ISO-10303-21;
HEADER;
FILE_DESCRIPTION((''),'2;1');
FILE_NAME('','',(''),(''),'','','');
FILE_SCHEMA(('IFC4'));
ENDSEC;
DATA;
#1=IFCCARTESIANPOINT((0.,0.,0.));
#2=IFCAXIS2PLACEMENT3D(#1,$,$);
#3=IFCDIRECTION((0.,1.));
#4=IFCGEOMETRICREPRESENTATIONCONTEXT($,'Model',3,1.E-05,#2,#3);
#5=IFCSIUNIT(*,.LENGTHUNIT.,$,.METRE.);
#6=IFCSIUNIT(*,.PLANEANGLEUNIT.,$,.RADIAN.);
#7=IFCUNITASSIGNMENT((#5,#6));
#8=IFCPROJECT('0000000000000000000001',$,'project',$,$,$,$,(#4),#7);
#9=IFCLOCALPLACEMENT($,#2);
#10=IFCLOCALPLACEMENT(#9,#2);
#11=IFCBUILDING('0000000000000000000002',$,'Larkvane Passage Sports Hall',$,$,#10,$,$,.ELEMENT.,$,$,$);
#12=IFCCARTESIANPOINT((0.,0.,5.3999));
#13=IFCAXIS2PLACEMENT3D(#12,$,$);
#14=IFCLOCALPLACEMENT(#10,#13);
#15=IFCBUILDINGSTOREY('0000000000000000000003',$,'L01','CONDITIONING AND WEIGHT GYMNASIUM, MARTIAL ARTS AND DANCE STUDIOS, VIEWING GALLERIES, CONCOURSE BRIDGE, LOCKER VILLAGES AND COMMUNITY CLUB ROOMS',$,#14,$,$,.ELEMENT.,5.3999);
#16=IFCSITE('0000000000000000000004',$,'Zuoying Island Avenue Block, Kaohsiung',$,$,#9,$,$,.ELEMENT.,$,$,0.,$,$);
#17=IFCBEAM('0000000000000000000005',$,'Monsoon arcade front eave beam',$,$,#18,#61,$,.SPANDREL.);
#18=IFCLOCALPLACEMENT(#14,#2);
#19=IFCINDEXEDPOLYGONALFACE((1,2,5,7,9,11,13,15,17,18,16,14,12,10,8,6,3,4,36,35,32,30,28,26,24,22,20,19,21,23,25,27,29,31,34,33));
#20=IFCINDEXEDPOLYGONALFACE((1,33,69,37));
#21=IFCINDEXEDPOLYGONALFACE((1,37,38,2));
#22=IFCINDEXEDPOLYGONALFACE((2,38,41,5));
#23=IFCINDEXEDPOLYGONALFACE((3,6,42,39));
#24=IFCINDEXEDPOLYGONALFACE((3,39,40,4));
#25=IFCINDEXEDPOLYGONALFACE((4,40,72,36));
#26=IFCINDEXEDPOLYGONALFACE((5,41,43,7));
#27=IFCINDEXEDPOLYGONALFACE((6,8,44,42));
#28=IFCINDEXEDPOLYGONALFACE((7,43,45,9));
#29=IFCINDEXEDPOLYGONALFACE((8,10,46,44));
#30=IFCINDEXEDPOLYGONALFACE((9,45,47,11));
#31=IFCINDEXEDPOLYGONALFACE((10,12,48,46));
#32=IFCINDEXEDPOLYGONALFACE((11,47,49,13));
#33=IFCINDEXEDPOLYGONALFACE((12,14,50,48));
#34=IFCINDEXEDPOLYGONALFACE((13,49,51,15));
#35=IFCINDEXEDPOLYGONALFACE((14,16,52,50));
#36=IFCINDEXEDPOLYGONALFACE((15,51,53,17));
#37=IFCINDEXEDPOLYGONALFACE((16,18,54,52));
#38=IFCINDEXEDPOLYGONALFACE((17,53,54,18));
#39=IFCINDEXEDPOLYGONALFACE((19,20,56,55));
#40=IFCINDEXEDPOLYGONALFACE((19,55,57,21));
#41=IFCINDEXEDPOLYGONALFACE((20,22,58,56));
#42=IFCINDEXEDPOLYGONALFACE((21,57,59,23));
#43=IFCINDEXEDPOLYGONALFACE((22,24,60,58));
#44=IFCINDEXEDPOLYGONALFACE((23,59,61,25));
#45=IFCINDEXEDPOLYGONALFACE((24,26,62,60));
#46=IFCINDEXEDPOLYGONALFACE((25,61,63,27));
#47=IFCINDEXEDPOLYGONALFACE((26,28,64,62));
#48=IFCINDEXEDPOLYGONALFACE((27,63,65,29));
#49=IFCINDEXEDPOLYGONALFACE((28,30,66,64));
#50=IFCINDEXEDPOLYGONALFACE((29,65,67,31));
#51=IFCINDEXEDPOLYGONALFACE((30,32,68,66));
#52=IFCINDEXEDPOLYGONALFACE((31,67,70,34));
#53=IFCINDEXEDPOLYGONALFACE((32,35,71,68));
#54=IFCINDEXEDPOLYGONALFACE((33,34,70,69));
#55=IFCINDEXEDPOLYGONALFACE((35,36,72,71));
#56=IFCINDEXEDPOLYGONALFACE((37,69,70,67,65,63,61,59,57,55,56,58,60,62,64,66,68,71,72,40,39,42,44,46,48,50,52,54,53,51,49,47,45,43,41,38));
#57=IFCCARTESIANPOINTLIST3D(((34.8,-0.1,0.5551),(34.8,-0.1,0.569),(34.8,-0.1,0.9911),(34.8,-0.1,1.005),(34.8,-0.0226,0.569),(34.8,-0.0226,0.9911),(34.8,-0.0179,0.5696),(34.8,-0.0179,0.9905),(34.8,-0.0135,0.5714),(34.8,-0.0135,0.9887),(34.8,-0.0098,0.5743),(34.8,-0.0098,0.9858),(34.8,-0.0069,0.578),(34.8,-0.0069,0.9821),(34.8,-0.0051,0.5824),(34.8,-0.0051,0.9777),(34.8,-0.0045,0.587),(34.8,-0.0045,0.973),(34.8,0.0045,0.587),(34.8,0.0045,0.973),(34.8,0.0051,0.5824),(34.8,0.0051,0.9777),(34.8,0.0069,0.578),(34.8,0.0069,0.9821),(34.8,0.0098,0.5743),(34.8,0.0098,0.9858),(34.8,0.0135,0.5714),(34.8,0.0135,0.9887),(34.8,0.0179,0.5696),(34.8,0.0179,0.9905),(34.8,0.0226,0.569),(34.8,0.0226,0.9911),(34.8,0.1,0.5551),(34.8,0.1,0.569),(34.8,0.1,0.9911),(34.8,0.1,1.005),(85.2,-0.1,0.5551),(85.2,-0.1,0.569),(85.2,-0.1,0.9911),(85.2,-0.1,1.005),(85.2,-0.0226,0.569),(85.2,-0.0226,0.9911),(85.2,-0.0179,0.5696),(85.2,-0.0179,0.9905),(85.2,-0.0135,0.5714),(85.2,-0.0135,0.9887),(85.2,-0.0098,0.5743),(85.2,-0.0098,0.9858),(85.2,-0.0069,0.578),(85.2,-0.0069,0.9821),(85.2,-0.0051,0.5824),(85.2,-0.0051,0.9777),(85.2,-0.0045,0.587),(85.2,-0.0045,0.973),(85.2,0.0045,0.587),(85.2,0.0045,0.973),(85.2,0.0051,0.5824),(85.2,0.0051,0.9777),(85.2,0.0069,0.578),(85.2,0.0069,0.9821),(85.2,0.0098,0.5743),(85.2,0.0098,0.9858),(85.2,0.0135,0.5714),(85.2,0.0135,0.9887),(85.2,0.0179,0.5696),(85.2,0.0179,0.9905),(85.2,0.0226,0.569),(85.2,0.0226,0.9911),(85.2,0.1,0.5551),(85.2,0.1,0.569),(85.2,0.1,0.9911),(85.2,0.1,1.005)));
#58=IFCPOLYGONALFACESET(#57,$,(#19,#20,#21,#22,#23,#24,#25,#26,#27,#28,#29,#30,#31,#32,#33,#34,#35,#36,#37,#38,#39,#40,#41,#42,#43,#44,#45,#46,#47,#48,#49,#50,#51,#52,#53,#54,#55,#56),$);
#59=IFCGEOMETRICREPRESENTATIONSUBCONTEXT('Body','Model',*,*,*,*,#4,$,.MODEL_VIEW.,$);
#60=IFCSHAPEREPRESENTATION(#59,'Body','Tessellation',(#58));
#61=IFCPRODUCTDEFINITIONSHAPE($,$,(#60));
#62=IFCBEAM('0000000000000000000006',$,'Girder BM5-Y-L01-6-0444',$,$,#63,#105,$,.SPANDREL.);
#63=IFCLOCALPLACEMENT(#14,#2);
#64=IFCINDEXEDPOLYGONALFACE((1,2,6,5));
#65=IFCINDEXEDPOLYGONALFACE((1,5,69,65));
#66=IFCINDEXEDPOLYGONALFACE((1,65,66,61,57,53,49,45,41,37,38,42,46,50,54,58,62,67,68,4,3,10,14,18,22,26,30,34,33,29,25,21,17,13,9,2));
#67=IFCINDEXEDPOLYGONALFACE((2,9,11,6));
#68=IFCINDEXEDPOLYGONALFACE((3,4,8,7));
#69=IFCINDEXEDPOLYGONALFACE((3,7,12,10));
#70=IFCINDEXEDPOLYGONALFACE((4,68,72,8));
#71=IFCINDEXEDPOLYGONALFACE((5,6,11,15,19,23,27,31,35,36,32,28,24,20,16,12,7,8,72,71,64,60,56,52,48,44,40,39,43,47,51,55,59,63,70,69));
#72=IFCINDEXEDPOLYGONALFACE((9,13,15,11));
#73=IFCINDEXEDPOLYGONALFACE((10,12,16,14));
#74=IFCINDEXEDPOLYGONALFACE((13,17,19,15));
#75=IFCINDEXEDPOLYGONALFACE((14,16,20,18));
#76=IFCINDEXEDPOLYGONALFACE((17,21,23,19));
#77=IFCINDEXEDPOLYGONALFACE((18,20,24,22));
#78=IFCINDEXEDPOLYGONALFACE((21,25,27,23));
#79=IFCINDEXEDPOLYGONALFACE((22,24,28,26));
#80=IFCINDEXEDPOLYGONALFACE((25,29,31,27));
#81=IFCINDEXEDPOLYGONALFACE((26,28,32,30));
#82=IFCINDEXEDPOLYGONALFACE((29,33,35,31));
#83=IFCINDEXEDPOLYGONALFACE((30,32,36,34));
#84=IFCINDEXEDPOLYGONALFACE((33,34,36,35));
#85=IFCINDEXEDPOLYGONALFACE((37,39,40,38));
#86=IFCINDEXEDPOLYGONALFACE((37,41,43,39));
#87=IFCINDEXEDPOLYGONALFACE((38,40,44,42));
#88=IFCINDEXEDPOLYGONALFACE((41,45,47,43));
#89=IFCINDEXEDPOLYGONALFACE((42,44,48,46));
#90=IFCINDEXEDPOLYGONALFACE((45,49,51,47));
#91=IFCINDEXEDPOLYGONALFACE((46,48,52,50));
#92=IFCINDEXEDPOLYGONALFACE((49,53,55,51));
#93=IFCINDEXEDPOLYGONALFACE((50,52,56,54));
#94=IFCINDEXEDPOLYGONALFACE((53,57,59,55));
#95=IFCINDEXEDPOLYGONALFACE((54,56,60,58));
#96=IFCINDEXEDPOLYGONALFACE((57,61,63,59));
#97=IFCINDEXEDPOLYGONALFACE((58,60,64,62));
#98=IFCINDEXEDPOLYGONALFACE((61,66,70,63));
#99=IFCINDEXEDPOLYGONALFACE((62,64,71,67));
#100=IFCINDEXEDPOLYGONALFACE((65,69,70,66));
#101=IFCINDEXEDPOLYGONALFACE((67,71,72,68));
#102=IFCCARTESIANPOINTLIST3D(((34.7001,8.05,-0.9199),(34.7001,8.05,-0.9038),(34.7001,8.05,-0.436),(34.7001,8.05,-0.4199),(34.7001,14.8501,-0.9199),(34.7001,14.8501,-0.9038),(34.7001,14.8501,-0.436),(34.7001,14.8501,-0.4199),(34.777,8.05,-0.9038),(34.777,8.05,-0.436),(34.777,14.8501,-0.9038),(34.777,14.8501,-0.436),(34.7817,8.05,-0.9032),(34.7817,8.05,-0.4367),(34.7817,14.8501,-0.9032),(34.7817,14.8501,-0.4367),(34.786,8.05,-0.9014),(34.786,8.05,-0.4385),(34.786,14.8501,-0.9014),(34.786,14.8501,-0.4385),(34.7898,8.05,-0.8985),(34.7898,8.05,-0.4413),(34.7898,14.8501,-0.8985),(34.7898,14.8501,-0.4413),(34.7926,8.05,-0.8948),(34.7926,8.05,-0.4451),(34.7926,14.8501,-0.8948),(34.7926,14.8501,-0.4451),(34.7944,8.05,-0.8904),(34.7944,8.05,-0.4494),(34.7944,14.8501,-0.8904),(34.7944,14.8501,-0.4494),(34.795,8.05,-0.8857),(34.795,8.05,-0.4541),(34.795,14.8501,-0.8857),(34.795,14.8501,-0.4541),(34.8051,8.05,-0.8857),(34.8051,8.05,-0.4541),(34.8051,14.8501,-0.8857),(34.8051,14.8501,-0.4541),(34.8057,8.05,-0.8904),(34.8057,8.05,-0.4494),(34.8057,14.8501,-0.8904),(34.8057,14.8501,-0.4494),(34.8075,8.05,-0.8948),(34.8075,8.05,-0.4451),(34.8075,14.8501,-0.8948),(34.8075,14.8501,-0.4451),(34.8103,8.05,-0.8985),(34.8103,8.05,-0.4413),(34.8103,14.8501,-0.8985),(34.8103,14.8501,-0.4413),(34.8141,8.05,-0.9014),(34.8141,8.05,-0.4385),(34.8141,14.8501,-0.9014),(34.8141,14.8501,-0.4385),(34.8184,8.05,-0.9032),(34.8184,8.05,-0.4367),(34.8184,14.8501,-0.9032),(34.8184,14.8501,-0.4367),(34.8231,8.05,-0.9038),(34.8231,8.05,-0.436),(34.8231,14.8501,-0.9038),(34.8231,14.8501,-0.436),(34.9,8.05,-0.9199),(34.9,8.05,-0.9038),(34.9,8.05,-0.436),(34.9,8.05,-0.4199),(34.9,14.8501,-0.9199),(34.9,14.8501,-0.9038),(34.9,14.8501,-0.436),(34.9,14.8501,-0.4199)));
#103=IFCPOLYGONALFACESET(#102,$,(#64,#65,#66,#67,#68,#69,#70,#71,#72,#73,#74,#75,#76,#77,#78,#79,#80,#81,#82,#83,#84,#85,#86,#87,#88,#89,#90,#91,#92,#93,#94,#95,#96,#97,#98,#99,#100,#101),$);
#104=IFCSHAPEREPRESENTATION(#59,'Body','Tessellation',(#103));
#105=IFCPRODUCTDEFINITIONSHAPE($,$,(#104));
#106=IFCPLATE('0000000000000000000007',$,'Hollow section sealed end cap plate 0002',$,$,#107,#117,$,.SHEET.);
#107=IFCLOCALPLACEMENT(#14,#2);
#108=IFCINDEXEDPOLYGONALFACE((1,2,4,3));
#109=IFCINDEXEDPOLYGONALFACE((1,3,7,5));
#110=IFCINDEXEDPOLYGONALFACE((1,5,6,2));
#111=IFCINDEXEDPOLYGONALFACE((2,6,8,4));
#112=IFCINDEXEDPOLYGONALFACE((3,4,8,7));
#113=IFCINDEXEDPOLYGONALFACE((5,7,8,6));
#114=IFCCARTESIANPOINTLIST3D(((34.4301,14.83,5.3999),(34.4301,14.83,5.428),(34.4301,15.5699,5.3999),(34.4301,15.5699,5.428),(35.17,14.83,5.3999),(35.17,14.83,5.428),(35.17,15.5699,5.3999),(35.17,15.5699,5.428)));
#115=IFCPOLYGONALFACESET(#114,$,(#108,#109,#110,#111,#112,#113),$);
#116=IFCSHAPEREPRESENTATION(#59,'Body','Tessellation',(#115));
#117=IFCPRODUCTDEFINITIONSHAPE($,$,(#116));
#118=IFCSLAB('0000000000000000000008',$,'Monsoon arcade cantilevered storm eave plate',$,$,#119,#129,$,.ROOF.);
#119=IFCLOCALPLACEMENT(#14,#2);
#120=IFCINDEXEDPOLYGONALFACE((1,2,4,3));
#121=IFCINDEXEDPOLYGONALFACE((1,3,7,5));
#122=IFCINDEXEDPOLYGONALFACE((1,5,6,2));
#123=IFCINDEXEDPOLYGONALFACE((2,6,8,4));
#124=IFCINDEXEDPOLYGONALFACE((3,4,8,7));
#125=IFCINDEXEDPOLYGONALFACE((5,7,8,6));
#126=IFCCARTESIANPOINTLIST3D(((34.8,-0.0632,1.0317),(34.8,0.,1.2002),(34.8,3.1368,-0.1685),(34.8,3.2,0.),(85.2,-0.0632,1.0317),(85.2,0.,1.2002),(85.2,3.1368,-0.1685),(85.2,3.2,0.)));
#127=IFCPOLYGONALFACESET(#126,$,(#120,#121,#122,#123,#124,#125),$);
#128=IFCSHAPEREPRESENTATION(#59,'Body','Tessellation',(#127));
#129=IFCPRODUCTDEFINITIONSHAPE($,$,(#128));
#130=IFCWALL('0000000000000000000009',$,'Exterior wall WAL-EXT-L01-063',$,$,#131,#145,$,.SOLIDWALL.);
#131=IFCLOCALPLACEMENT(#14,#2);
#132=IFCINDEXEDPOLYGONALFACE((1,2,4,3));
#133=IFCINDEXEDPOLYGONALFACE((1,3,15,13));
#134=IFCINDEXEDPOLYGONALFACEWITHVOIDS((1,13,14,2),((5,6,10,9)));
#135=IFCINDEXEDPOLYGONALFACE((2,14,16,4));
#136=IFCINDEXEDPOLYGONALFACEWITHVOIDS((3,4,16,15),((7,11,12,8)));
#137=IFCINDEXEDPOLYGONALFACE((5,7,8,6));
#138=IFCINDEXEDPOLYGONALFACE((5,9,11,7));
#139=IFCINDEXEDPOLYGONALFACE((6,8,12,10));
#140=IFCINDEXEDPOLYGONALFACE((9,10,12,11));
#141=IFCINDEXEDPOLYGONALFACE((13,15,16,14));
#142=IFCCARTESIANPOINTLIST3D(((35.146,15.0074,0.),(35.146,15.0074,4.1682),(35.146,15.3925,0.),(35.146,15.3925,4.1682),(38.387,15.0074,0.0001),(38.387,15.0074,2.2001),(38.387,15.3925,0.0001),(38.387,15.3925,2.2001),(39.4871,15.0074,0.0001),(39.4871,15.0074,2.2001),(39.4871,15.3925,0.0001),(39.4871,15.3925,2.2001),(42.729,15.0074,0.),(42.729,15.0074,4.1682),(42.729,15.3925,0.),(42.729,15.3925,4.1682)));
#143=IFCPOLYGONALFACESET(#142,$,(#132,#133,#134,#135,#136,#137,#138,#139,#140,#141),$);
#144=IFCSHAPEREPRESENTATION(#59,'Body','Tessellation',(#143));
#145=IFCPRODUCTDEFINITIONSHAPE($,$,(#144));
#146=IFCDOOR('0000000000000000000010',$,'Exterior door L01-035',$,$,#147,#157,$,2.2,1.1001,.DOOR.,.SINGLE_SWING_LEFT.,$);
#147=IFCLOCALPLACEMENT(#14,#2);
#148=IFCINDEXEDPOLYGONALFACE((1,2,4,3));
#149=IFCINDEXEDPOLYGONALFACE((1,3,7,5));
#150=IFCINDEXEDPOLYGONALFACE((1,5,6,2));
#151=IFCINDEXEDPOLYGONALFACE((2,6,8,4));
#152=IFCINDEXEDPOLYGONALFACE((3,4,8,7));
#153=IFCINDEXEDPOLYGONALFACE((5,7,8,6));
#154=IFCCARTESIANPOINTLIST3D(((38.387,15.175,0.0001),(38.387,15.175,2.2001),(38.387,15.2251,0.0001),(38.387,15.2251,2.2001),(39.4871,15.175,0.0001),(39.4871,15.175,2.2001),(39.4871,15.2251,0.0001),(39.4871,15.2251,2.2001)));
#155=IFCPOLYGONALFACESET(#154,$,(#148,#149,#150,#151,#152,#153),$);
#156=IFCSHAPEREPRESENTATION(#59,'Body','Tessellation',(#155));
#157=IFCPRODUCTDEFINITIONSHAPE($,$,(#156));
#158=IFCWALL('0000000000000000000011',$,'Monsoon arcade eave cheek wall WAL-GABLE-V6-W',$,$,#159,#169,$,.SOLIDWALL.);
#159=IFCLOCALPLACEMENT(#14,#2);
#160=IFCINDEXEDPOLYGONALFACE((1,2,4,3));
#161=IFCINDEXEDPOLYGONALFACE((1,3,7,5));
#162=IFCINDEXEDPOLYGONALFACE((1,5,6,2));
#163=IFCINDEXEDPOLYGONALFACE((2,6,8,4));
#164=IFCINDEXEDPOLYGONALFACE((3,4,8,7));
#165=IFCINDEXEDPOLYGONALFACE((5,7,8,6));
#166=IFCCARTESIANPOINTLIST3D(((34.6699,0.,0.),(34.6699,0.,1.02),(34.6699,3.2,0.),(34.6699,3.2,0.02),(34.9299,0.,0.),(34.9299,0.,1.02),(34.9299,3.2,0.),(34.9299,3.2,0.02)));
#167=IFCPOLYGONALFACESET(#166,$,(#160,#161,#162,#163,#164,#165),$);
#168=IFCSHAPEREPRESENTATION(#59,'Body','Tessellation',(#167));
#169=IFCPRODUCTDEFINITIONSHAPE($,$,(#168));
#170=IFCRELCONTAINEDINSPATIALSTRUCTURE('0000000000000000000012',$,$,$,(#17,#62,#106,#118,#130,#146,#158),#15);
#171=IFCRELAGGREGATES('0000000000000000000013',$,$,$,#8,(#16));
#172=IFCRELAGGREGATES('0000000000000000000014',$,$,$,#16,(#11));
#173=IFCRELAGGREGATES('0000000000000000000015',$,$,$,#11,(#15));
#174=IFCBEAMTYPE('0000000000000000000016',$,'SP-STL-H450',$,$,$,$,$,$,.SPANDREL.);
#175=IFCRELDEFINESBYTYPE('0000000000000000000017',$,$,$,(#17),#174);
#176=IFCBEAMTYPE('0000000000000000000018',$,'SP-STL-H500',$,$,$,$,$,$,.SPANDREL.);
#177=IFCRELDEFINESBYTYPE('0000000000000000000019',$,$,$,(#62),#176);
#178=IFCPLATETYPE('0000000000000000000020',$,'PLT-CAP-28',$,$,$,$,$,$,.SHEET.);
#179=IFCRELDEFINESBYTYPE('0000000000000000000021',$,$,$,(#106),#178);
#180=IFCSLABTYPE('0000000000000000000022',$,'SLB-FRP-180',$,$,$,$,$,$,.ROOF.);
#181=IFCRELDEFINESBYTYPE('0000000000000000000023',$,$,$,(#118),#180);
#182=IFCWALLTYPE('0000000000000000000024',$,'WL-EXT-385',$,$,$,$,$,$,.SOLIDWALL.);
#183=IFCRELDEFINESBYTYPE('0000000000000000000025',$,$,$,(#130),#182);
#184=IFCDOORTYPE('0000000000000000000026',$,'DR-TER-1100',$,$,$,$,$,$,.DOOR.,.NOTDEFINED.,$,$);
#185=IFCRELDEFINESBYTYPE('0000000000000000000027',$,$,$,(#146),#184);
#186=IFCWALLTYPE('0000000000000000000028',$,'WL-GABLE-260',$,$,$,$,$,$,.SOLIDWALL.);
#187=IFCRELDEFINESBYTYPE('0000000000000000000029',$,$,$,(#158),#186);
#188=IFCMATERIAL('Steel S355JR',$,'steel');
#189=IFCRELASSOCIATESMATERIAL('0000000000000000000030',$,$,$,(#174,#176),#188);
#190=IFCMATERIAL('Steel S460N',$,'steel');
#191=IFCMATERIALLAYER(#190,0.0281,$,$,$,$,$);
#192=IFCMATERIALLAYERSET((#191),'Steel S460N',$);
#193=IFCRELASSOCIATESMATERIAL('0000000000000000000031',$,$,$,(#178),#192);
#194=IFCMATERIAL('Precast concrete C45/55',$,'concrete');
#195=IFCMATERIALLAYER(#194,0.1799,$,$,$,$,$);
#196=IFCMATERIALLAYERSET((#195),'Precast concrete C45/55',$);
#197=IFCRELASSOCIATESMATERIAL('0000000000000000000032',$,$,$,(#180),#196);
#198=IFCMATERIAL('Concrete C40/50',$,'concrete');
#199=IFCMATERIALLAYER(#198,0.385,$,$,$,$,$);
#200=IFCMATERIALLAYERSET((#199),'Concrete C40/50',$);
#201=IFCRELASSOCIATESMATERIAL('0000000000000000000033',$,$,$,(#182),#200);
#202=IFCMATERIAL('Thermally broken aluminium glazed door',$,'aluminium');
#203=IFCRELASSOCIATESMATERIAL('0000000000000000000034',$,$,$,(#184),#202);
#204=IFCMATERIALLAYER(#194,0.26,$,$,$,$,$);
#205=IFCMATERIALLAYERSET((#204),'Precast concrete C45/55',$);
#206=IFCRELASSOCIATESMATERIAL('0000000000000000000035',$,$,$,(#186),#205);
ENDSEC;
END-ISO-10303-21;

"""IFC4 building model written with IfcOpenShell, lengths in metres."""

from ifc_helpers import new_model, si_unit, direction, frame, frame_2d, origin, origin_2d, place, context, subcontext, project, spatial, polyline, rectangle, i_section, outline, extrude, material, layer, layer_set, material_profile, profile_set, type_object, element, fill, save


model = new_model("IFC4")

# Units and contexts
model_context = context("Model", 3, precision=1e-05, world=origin(), true_north=direction((0.0, 1.0)))
body_context = subcontext(model_context, "Body", "Model", "MODEL_VIEW")
ifc_project = project(units=[si_unit("LENGTHUNIT", "METRE"), si_unit("PLANEANGLEUNIT", "RADIAN")], contexts=[model_context])

# Site, building, storey
site_placement = place(None, origin())
site = spatial("IfcSite", under=ifc_project, at=site_placement, Name="Zuoying Island Avenue Block, Kaohsiung", CompositionType="ELEMENT", RefElevation=0.0)
building_placement = place(site_placement, origin())
building = spatial("IfcBuilding", under=site, at=building_placement, Name="Larkvane Passage Sports Hall", CompositionType="ELEMENT")
storey_placement = place(building_placement, frame((0.0, 0.0, 5.3999)))
storey = spatial("IfcBuildingStorey", under=building, at=storey_placement, Name="L01", Description="CONDITIONING AND WEIGHT GYMNASIUM, MARTIAL ARTS AND DANCE STUDIOS, VIEWING GALLERIES, CONCOURSE BRIDGE, LOCKER VILLAGES AND COMMUNITY CLUB ROOMS", CompositionType="ELEMENT", Elevation=5.3999)

# Shared definitions
ifc_material_1 = material(Name="Steel S460N", Category="steel")
ifc_material_2 = material(Name="Concrete C40/50", Category="concrete")

# Beams
ifc_material_3 = material(Name="Steel S355JR", Category="steel")
ifc_material_profile_1 = material_profile(ifc_material_3, i_section(OverallWidth=0.2, OverallDepth=0.45, WebThickness=0.009, FlangeThickness=0.0139, FilletRadius=0.0181, at=origin_2d()), Name="H-450x200x9x14")
ifc_profile_set_1 = profile_set([ifc_material_profile_1], Name="Steel S355JR")
beam_type_1 = type_object("IfcBeamType", Name="SP-STL-H450", PredefinedType="SPANDREL", material=ifc_profile_set_1)
beam_1_placement = place(storey_placement, frame((34.8, 0.0, 0.78), z_axis=(1.0, 0.0, 0.0), x_axis=(0.0, 1.0, 0.0)))
element("IfcBeam", 1, at=beam_1_placement, inside=storey, type_object=beam_type_1, Name="Monsoon arcade front eave beam", PredefinedType="SPANDREL", context=body_context, shape_type="SweptSolid", body=[
    extrude(i_section(OverallWidth=0.2, OverallDepth=0.45, WebThickness=0.009, FlangeThickness=0.0139, FilletRadius=0.0181, at=origin_2d()), origin(), (0.0, 0.0, 1.0), 50.3999),
])
ifc_material_profile_2 = material_profile(ifc_material_3, i_section(OverallWidth=0.2, OverallDepth=0.5, WebThickness=0.01, FlangeThickness=0.0161, FilletRadius=0.0181, at=origin_2d()), Name="H-500x200x10x16")
ifc_profile_set_2 = profile_set([ifc_material_profile_2], Name="Steel S355JR")
beam_type_2 = type_object("IfcBeamType", Name="SP-STL-H500", PredefinedType="SPANDREL", material=ifc_profile_set_2)
beam_2_placement = place(storey_placement, frame((34.8, 8.05, -0.6699), z_axis=(0.0, 1.0, 0.0), x_axis=(-1.0, 0.0, 0.0)))
element("IfcBeam", 2, at=beam_2_placement, inside=storey, type_object=beam_type_2, Name="Girder BM5-Y-L01-6-0444", PredefinedType="SPANDREL", context=body_context, shape_type="SweptSolid", body=[
    extrude(i_section(OverallWidth=0.2, OverallDepth=0.5, WebThickness=0.01, FlangeThickness=0.0161, FilletRadius=0.0181, at=origin_2d()), origin(), (0.0, 0.0, 1.0), 6.8),
])

# Plate
ifc_layer_1 = layer(ifc_material_1, 0.0281)
ifc_layer_set_1 = layer_set([ifc_layer_1], Name="Steel S460N")
plate_type = type_object("IfcPlateType", Name="PLT-CAP-28", PredefinedType="SHEET", material=ifc_layer_set_1)
plate_placement = place(storey_placement, frame((34.8, 15.2, 5.3999), z_axis=(0.0, 0.0, 1.0), x_axis=(1.0, 0.0, 0.0)))
element("IfcPlate", 3, at=plate_placement, inside=storey, type_object=plate_type, Name="Hollow section sealed end cap plate 0002", PredefinedType="SHEET", context=body_context, shape_type="SweptSolid", body=[
    extrude(rectangle(XDim=0.74, YDim=0.74, at=origin_2d()), origin(), (0.0, 0.0, 1.0), 0.0281),
])

# Slab
ifc_material_4 = material(Name="Precast concrete C45/55", Category="concrete")
ifc_layer_2 = layer(ifc_material_4, 0.1799)
ifc_layer_set_2 = layer_set([ifc_layer_2], Name="Precast concrete C45/55")
slab_type = type_object("IfcSlabType", Name="SLB-FRP-180", PredefinedType="ROOF", material=ifc_layer_set_2)
slab_placement = place(storey_placement, frame((34.8, 0.0, 1.2002), z_axis=(0.0, 0.351178, 0.936309), x_axis=(1.0, 0.0, 0.0)))
element("IfcSlab", 4, at=slab_placement, inside=storey, type_object=slab_type, Name="Monsoon arcade cantilevered storm eave plate", PredefinedType="ROOF", context=body_context, shape_type="SweptSolid", body=[
    extrude(outline(polyline([(0.0, 0.0), (50.3999, 0.0), (50.3999, 3.4176), (0.0, 3.4176), (0.0, 0.0)])), origin(), (0.0, 0.0, -1.0), 0.1799),
])

# Wall, opening, door
ifc_layer_3 = layer(ifc_material_2, 0.385)
ifc_layer_set_3 = layer_set([ifc_layer_3], Name="Concrete C40/50")
wall_type_1 = type_object("IfcWallType", Name="WL-EXT-385", PredefinedType="SOLIDWALL", material=ifc_layer_set_3)
wall_1_placement = place(storey_placement, frame((42.729, 15.2, 0.0), z_axis=(0.0, 0.0, 1.0), x_axis=(-1.0, 0.0, 0.0)))
wall_1 = element("IfcWall", 5, at=wall_1_placement, inside=storey, type_object=wall_type_1, Name="Exterior wall WAL-EXT-L01-063", PredefinedType="SOLIDWALL", context=body_context, shape_type="SweptSolid", body=[
    extrude(rectangle(XDim=7.583, YDim=0.385, at=frame_2d((3.7915, 0.0))), origin(), (0.0, 0.0, 1.0), 4.1682),
])
opening_placement = place(wall_1_placement, frame((3.2419, 0.0, 0.0)))
opening = element("IfcOpeningElement", 6, at=opening_placement, cuts=wall_1, PredefinedType="OPENING", context=body_context, shape_type="SweptSolid", body=[
    extrude(rectangle(XDim=1.1001, YDim=2.2, at=frame_2d((0.55, 1.1001))), frame((0.0, 0.2024, 0.0), z_axis=(0.0, -1.0, 0.0), x_axis=(1.0, 0.0, 0.0)), (0.0, 0.0, 1.0), 0.405),
])
ifc_material_5 = material(Name="Thermally broken aluminium glazed door", Category="aluminium")
door_type = type_object("IfcDoorType", Name="DR-TER-1100", OperationType="NOTDEFINED", PredefinedType="DOOR", material=ifc_material_5)
door_placement = place(opening_placement, origin())
door = element("IfcDoor", 7, at=door_placement, inside=storey, type_object=door_type, Name="Exterior door L01-035", OperationType="SINGLE_SWING_LEFT", OverallHeight=2.2, OverallWidth=1.1001, PredefinedType="DOOR", context=body_context, shape_type="SweptSolid", body=[
    extrude(rectangle(XDim=1.1001, YDim=2.2, at=frame_2d((0.55, 1.1001))), frame((0.0, 0.0249, 0.0), z_axis=(0.0, -1.0, 0.0), x_axis=(1.0, 0.0, 0.0)), (0.0, 0.0, 1.0), 0.05),
])
fill(opening, door)

# Wall
ifc_layer_4 = layer(ifc_material_4, 0.26)
ifc_layer_set_4 = layer_set([ifc_layer_4], Name="Precast concrete C45/55")
wall_type_2 = type_object("IfcWallType", Name="WL-GABLE-260", PredefinedType="SOLIDWALL", material=ifc_layer_set_4)
wall_2_placement = place(storey_placement, frame((34.8, 3.2, 0.0), z_axis=(0.0, 0.0, 1.0), x_axis=(0.0, -1.0, 0.0)))
element("IfcWall", 8, at=wall_2_placement, inside=storey, type_object=wall_type_2, Name="Monsoon arcade eave cheek wall WAL-GABLE-V6-W", PredefinedType="SOLIDWALL", context=body_context, shape_type="SweptSolid", body=[
    extrude(outline(polyline([(0.0, 0.0), (3.2, 0.0), (3.2, 1.02), (0.0, 0.02), (0.0, 0.0)])), frame((0.0, 0.1299, 0.0), z_axis=(0.0, -1.0, 0.0), x_axis=(1.0, 0.0, 0.0)), (0.0, 0.0, 1.0), 0.26),
])

save(model, "model.ifc")
